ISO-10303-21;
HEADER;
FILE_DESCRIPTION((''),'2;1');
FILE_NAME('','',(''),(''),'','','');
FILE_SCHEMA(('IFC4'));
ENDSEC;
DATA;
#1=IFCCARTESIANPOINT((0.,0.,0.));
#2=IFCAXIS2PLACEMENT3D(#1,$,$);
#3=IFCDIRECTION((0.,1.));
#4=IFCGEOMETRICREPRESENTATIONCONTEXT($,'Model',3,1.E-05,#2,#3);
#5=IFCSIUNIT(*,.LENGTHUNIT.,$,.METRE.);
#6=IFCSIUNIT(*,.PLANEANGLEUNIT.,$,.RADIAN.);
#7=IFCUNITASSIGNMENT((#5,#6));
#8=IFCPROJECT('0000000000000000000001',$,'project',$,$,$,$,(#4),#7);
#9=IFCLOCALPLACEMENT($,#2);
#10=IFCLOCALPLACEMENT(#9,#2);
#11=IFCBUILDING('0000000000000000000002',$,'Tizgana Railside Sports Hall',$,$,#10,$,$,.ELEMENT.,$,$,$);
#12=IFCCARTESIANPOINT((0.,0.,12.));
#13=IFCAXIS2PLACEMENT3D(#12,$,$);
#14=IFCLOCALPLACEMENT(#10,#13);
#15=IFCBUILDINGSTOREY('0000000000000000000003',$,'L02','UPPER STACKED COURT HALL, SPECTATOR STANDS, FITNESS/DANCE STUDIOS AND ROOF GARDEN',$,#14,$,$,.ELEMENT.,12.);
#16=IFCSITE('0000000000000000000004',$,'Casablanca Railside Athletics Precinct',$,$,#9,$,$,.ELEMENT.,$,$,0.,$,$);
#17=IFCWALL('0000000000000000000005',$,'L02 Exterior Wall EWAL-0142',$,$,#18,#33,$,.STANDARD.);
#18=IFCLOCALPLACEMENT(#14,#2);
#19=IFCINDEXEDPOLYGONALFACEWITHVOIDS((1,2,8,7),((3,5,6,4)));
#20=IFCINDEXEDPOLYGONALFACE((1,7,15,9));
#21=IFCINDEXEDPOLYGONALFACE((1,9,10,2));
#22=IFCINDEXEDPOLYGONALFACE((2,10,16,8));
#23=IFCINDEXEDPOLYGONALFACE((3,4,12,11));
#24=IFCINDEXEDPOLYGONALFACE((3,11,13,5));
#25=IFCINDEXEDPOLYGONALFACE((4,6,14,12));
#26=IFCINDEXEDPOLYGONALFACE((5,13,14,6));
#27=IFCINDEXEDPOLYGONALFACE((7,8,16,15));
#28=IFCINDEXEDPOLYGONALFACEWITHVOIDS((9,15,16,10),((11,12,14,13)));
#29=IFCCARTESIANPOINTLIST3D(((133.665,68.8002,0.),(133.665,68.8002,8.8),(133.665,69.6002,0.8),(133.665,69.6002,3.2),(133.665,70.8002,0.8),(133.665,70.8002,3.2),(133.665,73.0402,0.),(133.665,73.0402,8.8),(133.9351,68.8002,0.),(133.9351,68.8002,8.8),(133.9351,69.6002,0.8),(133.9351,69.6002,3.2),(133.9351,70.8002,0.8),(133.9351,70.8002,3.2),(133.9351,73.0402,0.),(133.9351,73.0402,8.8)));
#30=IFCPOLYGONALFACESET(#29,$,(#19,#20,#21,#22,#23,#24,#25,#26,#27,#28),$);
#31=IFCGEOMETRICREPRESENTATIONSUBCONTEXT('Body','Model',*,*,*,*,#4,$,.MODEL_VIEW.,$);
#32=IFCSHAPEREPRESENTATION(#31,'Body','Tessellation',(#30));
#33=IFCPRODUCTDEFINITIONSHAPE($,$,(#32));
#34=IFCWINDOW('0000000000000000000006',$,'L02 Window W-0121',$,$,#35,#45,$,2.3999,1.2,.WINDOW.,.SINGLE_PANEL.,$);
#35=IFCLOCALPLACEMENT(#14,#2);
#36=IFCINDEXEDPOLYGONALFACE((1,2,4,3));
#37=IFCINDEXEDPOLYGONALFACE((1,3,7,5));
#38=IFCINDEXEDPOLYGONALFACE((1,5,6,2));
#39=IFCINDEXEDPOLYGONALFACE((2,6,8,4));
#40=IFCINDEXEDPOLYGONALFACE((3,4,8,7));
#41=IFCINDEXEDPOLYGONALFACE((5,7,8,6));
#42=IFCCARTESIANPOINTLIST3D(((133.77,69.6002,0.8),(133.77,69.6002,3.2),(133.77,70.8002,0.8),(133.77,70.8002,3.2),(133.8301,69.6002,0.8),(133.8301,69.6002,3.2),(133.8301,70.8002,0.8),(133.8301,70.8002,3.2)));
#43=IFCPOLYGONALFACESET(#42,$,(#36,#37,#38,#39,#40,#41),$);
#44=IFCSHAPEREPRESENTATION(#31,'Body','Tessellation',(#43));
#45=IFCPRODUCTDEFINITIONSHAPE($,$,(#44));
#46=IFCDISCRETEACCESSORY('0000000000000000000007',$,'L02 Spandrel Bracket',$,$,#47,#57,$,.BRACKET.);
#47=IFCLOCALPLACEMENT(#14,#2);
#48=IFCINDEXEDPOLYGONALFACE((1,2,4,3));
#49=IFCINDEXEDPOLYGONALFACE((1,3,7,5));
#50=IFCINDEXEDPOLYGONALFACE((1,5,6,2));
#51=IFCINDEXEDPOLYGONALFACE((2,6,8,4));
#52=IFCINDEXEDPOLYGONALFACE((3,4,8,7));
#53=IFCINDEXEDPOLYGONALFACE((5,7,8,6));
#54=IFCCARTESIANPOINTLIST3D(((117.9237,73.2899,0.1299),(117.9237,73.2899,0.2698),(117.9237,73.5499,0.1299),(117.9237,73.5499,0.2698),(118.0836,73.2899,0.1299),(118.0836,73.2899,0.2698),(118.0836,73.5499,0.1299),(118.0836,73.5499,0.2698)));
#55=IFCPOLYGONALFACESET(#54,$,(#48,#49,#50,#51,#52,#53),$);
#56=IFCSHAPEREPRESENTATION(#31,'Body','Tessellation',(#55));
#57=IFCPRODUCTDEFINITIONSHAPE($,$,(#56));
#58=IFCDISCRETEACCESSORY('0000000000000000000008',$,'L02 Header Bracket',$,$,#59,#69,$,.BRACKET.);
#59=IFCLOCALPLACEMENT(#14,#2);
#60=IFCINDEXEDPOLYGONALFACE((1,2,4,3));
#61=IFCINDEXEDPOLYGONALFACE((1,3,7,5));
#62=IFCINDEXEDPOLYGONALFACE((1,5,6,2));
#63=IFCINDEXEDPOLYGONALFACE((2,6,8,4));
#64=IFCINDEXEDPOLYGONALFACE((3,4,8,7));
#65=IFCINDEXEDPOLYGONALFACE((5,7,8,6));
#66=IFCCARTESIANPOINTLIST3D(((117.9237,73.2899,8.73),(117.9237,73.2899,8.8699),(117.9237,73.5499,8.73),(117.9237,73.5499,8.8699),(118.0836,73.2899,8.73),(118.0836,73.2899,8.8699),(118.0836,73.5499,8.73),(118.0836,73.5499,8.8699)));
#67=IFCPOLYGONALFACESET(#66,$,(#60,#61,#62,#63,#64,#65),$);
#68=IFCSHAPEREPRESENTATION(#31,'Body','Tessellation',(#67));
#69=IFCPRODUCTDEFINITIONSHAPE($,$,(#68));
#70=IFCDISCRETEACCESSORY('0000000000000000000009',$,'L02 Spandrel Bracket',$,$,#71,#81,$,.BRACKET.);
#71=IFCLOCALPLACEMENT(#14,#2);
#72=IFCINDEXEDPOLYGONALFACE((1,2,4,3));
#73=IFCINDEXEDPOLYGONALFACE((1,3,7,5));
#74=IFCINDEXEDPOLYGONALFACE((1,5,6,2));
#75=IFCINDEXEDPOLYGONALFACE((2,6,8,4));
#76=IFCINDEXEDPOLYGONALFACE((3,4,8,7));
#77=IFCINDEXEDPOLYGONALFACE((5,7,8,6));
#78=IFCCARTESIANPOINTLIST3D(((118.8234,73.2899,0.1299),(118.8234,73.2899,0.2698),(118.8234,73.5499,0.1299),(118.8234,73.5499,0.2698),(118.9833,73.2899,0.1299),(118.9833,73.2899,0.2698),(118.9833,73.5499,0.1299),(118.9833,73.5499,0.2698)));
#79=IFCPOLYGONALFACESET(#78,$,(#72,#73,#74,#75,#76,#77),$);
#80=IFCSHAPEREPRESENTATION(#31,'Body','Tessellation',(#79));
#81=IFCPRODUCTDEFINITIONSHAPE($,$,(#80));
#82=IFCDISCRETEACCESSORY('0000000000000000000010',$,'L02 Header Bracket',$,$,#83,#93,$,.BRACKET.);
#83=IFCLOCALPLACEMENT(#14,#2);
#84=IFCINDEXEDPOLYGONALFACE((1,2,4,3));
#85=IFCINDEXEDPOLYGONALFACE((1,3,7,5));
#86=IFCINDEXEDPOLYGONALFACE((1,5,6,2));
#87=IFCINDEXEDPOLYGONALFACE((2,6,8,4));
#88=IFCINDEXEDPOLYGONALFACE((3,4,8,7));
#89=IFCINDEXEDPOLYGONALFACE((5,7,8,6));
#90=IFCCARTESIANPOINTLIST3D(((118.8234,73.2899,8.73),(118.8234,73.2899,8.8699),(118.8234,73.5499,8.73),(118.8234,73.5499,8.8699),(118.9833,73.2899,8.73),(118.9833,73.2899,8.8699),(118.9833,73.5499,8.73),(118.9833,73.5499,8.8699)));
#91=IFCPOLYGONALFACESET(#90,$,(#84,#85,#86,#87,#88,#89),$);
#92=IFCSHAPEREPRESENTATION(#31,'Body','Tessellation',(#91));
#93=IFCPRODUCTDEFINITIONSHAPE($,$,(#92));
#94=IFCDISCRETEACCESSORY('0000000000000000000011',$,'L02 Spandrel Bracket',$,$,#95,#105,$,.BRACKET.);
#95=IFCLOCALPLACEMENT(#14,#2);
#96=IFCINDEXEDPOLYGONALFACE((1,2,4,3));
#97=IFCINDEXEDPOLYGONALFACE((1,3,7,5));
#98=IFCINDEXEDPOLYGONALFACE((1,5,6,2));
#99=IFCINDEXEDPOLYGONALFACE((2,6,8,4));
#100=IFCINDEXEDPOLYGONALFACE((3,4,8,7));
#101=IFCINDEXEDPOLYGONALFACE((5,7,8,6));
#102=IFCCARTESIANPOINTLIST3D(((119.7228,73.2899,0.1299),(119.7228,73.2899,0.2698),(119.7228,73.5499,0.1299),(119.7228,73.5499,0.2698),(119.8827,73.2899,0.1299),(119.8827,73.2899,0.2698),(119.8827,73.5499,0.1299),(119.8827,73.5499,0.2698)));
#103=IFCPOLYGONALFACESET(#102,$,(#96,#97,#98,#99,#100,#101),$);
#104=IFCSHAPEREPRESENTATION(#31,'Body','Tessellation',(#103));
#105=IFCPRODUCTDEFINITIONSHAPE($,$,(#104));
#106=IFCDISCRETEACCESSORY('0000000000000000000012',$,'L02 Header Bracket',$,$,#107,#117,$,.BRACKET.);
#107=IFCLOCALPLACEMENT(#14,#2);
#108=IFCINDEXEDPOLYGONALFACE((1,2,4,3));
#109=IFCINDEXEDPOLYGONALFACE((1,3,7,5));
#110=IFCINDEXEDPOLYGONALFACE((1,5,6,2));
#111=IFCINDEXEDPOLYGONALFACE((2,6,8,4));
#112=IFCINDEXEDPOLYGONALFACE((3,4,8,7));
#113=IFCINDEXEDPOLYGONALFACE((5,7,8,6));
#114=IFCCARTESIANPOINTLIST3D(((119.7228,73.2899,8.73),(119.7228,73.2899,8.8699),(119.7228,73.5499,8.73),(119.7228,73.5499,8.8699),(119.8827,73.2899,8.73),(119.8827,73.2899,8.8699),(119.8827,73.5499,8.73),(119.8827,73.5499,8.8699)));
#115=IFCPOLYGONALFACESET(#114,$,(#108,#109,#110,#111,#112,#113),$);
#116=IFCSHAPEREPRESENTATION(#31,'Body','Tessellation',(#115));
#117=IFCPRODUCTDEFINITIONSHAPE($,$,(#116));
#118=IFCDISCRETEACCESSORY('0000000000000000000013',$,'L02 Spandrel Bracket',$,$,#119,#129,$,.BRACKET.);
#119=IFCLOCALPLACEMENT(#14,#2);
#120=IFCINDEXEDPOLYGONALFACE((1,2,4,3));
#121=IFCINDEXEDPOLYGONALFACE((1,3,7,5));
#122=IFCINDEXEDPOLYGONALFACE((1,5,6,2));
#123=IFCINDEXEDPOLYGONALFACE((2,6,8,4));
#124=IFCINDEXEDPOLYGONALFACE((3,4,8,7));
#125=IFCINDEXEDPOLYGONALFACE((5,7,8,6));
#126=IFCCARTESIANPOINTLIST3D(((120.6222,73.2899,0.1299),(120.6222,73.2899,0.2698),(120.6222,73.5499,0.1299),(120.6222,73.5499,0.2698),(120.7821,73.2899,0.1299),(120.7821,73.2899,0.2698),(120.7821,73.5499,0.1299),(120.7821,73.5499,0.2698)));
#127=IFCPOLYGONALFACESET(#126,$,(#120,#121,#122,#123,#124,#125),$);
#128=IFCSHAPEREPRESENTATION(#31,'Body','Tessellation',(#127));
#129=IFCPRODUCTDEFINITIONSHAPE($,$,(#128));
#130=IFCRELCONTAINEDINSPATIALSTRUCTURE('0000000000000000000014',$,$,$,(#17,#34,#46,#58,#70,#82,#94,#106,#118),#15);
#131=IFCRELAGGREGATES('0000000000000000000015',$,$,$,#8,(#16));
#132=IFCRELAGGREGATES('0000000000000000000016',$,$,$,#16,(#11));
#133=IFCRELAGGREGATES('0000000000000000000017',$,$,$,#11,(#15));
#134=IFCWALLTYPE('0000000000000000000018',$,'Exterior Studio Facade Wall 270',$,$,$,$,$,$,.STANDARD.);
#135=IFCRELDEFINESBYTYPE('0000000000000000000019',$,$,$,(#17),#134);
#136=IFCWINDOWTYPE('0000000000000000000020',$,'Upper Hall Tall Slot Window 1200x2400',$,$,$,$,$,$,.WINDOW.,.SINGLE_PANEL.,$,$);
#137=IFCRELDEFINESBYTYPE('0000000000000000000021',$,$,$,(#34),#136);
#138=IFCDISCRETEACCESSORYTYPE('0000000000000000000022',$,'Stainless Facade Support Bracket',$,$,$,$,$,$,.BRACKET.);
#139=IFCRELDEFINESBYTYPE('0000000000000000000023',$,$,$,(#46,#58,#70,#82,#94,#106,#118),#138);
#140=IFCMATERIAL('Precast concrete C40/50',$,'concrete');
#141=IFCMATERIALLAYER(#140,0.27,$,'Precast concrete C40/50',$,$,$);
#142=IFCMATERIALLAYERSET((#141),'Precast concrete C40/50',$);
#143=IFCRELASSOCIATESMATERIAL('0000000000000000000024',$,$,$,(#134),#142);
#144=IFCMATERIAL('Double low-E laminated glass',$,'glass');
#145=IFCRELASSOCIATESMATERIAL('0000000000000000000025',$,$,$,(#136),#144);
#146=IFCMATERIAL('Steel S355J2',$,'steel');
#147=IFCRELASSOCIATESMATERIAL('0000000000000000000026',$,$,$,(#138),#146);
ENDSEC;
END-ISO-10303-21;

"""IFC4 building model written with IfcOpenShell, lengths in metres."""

from ifc_helpers import new_model, si_unit, direction, frame, frame_2d, origin, origin_2d, place, context, subcontext, project, spatial, rectangle, extrude, material, layer, layer_set, type_object, element, fill, save


model = new_model("IFC4")

# Units and contexts
model_context = context("Model", 3, precision=1e-05, world=origin(), true_north=direction((0.0, 1.0)))
body_context = subcontext(model_context, "Body", "Model", "MODEL_VIEW")
ifc_project = project(units=[si_unit("LENGTHUNIT", "METRE"), si_unit("PLANEANGLEUNIT", "RADIAN")], contexts=[model_context])

# Site, building, storey
site_placement = place(None, origin())
site = spatial("IfcSite", under=ifc_project, at=site_placement, Name="Casablanca Railside Athletics Precinct", CompositionType="ELEMENT", RefElevation=0.0)
building_placement = place(site_placement, origin())
building = spatial("IfcBuilding", under=site, at=building_placement, Name="Tizgana Railside Sports Hall", CompositionType="ELEMENT")
storey_placement = place(building_placement, frame((0.0, 0.0, 12.0)))
storey = spatial("IfcBuildingStorey", under=building, at=storey_placement, Name="L02", Description="UPPER STACKED COURT HALL, SPECTATOR STANDS, FITNESS/DANCE STUDIOS AND ROOF GARDEN", CompositionType="ELEMENT", Elevation=12.0)

# Shared definitions
ifc_material_1 = material(Name="Steel S355J2", Category="steel")

# Shared definitions
ifc_material_2 = material(Name="Precast concrete C40/50", Category="concrete")

# Shared definitions
ifc_layer_1 = layer(ifc_material_2, 0.27, Name="Precast concrete C40/50")
ifc_layer_set_1 = layer_set([ifc_layer_1], Name="Precast concrete C40/50")
wall_type_1 = type_object("IfcWallType", Name="Exterior Studio Facade Wall 270", PredefinedType="STANDARD", material=ifc_layer_set_1)
ifc_material_3 = material(Name="Double low-E laminated glass", Category="glass")

# Wall, opening, window
wall_1_placement = place(storey_placement, frame((133.8, 68.8, 0.0), z_axis=(0.0, 0.0, 1.0), x_axis=(0.0, 1.0, 0.0)))
wall_1 = element("IfcWall", 1, at=wall_1_placement, inside=storey, type_object=wall_type_1, Name="L02 Exterior Wall EWAL-0142", PredefinedType="STANDARD", context=body_context, shape_type="SweptSolid", body=[
    extrude(rectangle(XDim=4.24, YDim=0.27, at=frame_2d((2.1201, 0.0))), origin(), (0.0, 0.0, 1.0), 8.8),
])
opening_1_placement = place(wall_1_placement, frame((0.8, 0.0, 0.8)))
opening_1 = element("IfcOpeningElement", 2, at=opening_1_placement, cuts=wall_1, PredefinedType="OPENING", context=body_context, shape_type="SweptSolid", body=[
    extrude(rectangle(XDim=1.2, YDim=2.3999, at=frame_2d((0.6001, 1.2))), frame((0.0, 0.145, 0.0), z_axis=(0.0, -1.0, 0.0), x_axis=(1.0, 0.0, 0.0)), (0.0, 0.0, 1.0), 0.29),
])
window_type_1 = type_object("IfcWindowType", Name="Upper Hall Tall Slot Window 1200x2400", PartitioningType="SINGLE_PANEL", PredefinedType="WINDOW", material=ifc_material_3)
window_1_placement = place(opening_1_placement, origin())
window_1 = element("IfcWindow", 3, at=window_1_placement, inside=storey, type_object=window_type_1, Name="L02 Window W-0121", OverallHeight=2.3999, OverallWidth=1.2, PartitioningType="SINGLE_PANEL", PredefinedType="WINDOW", context=body_context, shape_type="SweptSolid", body=[
    extrude(rectangle(XDim=1.2, YDim=2.3999, at=frame_2d((0.6001, 1.2))), frame((0.0, 0.03, 0.0), z_axis=(0.0, -1.0, 0.0), x_axis=(1.0, 0.0, 0.0)), (0.0, 0.0, 1.0), 0.0601),
])
fill(opening_1, window_1)

# Discrete accessories
discrete_accessory_type = type_object("IfcDiscreteAccessoryType", Name="Stainless Facade Support Bracket", PredefinedType="BRACKET", material=ifc_material_1)
for number, where, z_axis, x_axis, name in (
    (4, (118.0037, 73.4199, 0.1299), (0.0, 0.0, 1.0), (1.0, 0.0, 0.0), "L02 Spandrel Bracket"),
    (5, (118.0037, 73.4199, 8.73), (0.0, 0.0, 1.0), (1.0, 0.0, 0.0), "L02 Header Bracket"),
    (6, (118.9033, 73.4199, 0.1299), (0.0, 0.0, 1.0), (1.0, 0.0, 0.0), "L02 Spandrel Bracket"),
    (7, (118.9033, 73.4199, 8.73), (0.0, 0.0, 1.0), (1.0, 0.0, 0.0), "L02 Header Bracket"),
    (8, (119.8027, 73.4199, 0.1299), (0.0, 0.0, 1.0), (1.0, 0.0, 0.0), "L02 Spandrel Bracket"),
    (9, (119.8027, 73.4199, 8.73), (0.0, 0.0, 1.0), (1.0, 0.0, 0.0), "L02 Header Bracket"),
    (10, (120.7021, 73.4199, 0.1299), (0.0, 0.0, 1.0), (1.0, 0.0, 0.0), "L02 Spandrel Bracket"),
):
    element("IfcDiscreteAccessory", number, at=place(storey_placement, frame(where, z_axis=z_axis, x_axis=x_axis)), inside=storey, type_object=discrete_accessory_type, Name=name, PredefinedType="BRACKET", context=body_context, shape_type="SweptSolid", body=[
        extrude(rectangle(XDim=0.1599, YDim=0.26, at=origin_2d()), origin(), (0.0, 0.0, 1.0), 0.1399),
    ])

save(model, "model.ifc")
